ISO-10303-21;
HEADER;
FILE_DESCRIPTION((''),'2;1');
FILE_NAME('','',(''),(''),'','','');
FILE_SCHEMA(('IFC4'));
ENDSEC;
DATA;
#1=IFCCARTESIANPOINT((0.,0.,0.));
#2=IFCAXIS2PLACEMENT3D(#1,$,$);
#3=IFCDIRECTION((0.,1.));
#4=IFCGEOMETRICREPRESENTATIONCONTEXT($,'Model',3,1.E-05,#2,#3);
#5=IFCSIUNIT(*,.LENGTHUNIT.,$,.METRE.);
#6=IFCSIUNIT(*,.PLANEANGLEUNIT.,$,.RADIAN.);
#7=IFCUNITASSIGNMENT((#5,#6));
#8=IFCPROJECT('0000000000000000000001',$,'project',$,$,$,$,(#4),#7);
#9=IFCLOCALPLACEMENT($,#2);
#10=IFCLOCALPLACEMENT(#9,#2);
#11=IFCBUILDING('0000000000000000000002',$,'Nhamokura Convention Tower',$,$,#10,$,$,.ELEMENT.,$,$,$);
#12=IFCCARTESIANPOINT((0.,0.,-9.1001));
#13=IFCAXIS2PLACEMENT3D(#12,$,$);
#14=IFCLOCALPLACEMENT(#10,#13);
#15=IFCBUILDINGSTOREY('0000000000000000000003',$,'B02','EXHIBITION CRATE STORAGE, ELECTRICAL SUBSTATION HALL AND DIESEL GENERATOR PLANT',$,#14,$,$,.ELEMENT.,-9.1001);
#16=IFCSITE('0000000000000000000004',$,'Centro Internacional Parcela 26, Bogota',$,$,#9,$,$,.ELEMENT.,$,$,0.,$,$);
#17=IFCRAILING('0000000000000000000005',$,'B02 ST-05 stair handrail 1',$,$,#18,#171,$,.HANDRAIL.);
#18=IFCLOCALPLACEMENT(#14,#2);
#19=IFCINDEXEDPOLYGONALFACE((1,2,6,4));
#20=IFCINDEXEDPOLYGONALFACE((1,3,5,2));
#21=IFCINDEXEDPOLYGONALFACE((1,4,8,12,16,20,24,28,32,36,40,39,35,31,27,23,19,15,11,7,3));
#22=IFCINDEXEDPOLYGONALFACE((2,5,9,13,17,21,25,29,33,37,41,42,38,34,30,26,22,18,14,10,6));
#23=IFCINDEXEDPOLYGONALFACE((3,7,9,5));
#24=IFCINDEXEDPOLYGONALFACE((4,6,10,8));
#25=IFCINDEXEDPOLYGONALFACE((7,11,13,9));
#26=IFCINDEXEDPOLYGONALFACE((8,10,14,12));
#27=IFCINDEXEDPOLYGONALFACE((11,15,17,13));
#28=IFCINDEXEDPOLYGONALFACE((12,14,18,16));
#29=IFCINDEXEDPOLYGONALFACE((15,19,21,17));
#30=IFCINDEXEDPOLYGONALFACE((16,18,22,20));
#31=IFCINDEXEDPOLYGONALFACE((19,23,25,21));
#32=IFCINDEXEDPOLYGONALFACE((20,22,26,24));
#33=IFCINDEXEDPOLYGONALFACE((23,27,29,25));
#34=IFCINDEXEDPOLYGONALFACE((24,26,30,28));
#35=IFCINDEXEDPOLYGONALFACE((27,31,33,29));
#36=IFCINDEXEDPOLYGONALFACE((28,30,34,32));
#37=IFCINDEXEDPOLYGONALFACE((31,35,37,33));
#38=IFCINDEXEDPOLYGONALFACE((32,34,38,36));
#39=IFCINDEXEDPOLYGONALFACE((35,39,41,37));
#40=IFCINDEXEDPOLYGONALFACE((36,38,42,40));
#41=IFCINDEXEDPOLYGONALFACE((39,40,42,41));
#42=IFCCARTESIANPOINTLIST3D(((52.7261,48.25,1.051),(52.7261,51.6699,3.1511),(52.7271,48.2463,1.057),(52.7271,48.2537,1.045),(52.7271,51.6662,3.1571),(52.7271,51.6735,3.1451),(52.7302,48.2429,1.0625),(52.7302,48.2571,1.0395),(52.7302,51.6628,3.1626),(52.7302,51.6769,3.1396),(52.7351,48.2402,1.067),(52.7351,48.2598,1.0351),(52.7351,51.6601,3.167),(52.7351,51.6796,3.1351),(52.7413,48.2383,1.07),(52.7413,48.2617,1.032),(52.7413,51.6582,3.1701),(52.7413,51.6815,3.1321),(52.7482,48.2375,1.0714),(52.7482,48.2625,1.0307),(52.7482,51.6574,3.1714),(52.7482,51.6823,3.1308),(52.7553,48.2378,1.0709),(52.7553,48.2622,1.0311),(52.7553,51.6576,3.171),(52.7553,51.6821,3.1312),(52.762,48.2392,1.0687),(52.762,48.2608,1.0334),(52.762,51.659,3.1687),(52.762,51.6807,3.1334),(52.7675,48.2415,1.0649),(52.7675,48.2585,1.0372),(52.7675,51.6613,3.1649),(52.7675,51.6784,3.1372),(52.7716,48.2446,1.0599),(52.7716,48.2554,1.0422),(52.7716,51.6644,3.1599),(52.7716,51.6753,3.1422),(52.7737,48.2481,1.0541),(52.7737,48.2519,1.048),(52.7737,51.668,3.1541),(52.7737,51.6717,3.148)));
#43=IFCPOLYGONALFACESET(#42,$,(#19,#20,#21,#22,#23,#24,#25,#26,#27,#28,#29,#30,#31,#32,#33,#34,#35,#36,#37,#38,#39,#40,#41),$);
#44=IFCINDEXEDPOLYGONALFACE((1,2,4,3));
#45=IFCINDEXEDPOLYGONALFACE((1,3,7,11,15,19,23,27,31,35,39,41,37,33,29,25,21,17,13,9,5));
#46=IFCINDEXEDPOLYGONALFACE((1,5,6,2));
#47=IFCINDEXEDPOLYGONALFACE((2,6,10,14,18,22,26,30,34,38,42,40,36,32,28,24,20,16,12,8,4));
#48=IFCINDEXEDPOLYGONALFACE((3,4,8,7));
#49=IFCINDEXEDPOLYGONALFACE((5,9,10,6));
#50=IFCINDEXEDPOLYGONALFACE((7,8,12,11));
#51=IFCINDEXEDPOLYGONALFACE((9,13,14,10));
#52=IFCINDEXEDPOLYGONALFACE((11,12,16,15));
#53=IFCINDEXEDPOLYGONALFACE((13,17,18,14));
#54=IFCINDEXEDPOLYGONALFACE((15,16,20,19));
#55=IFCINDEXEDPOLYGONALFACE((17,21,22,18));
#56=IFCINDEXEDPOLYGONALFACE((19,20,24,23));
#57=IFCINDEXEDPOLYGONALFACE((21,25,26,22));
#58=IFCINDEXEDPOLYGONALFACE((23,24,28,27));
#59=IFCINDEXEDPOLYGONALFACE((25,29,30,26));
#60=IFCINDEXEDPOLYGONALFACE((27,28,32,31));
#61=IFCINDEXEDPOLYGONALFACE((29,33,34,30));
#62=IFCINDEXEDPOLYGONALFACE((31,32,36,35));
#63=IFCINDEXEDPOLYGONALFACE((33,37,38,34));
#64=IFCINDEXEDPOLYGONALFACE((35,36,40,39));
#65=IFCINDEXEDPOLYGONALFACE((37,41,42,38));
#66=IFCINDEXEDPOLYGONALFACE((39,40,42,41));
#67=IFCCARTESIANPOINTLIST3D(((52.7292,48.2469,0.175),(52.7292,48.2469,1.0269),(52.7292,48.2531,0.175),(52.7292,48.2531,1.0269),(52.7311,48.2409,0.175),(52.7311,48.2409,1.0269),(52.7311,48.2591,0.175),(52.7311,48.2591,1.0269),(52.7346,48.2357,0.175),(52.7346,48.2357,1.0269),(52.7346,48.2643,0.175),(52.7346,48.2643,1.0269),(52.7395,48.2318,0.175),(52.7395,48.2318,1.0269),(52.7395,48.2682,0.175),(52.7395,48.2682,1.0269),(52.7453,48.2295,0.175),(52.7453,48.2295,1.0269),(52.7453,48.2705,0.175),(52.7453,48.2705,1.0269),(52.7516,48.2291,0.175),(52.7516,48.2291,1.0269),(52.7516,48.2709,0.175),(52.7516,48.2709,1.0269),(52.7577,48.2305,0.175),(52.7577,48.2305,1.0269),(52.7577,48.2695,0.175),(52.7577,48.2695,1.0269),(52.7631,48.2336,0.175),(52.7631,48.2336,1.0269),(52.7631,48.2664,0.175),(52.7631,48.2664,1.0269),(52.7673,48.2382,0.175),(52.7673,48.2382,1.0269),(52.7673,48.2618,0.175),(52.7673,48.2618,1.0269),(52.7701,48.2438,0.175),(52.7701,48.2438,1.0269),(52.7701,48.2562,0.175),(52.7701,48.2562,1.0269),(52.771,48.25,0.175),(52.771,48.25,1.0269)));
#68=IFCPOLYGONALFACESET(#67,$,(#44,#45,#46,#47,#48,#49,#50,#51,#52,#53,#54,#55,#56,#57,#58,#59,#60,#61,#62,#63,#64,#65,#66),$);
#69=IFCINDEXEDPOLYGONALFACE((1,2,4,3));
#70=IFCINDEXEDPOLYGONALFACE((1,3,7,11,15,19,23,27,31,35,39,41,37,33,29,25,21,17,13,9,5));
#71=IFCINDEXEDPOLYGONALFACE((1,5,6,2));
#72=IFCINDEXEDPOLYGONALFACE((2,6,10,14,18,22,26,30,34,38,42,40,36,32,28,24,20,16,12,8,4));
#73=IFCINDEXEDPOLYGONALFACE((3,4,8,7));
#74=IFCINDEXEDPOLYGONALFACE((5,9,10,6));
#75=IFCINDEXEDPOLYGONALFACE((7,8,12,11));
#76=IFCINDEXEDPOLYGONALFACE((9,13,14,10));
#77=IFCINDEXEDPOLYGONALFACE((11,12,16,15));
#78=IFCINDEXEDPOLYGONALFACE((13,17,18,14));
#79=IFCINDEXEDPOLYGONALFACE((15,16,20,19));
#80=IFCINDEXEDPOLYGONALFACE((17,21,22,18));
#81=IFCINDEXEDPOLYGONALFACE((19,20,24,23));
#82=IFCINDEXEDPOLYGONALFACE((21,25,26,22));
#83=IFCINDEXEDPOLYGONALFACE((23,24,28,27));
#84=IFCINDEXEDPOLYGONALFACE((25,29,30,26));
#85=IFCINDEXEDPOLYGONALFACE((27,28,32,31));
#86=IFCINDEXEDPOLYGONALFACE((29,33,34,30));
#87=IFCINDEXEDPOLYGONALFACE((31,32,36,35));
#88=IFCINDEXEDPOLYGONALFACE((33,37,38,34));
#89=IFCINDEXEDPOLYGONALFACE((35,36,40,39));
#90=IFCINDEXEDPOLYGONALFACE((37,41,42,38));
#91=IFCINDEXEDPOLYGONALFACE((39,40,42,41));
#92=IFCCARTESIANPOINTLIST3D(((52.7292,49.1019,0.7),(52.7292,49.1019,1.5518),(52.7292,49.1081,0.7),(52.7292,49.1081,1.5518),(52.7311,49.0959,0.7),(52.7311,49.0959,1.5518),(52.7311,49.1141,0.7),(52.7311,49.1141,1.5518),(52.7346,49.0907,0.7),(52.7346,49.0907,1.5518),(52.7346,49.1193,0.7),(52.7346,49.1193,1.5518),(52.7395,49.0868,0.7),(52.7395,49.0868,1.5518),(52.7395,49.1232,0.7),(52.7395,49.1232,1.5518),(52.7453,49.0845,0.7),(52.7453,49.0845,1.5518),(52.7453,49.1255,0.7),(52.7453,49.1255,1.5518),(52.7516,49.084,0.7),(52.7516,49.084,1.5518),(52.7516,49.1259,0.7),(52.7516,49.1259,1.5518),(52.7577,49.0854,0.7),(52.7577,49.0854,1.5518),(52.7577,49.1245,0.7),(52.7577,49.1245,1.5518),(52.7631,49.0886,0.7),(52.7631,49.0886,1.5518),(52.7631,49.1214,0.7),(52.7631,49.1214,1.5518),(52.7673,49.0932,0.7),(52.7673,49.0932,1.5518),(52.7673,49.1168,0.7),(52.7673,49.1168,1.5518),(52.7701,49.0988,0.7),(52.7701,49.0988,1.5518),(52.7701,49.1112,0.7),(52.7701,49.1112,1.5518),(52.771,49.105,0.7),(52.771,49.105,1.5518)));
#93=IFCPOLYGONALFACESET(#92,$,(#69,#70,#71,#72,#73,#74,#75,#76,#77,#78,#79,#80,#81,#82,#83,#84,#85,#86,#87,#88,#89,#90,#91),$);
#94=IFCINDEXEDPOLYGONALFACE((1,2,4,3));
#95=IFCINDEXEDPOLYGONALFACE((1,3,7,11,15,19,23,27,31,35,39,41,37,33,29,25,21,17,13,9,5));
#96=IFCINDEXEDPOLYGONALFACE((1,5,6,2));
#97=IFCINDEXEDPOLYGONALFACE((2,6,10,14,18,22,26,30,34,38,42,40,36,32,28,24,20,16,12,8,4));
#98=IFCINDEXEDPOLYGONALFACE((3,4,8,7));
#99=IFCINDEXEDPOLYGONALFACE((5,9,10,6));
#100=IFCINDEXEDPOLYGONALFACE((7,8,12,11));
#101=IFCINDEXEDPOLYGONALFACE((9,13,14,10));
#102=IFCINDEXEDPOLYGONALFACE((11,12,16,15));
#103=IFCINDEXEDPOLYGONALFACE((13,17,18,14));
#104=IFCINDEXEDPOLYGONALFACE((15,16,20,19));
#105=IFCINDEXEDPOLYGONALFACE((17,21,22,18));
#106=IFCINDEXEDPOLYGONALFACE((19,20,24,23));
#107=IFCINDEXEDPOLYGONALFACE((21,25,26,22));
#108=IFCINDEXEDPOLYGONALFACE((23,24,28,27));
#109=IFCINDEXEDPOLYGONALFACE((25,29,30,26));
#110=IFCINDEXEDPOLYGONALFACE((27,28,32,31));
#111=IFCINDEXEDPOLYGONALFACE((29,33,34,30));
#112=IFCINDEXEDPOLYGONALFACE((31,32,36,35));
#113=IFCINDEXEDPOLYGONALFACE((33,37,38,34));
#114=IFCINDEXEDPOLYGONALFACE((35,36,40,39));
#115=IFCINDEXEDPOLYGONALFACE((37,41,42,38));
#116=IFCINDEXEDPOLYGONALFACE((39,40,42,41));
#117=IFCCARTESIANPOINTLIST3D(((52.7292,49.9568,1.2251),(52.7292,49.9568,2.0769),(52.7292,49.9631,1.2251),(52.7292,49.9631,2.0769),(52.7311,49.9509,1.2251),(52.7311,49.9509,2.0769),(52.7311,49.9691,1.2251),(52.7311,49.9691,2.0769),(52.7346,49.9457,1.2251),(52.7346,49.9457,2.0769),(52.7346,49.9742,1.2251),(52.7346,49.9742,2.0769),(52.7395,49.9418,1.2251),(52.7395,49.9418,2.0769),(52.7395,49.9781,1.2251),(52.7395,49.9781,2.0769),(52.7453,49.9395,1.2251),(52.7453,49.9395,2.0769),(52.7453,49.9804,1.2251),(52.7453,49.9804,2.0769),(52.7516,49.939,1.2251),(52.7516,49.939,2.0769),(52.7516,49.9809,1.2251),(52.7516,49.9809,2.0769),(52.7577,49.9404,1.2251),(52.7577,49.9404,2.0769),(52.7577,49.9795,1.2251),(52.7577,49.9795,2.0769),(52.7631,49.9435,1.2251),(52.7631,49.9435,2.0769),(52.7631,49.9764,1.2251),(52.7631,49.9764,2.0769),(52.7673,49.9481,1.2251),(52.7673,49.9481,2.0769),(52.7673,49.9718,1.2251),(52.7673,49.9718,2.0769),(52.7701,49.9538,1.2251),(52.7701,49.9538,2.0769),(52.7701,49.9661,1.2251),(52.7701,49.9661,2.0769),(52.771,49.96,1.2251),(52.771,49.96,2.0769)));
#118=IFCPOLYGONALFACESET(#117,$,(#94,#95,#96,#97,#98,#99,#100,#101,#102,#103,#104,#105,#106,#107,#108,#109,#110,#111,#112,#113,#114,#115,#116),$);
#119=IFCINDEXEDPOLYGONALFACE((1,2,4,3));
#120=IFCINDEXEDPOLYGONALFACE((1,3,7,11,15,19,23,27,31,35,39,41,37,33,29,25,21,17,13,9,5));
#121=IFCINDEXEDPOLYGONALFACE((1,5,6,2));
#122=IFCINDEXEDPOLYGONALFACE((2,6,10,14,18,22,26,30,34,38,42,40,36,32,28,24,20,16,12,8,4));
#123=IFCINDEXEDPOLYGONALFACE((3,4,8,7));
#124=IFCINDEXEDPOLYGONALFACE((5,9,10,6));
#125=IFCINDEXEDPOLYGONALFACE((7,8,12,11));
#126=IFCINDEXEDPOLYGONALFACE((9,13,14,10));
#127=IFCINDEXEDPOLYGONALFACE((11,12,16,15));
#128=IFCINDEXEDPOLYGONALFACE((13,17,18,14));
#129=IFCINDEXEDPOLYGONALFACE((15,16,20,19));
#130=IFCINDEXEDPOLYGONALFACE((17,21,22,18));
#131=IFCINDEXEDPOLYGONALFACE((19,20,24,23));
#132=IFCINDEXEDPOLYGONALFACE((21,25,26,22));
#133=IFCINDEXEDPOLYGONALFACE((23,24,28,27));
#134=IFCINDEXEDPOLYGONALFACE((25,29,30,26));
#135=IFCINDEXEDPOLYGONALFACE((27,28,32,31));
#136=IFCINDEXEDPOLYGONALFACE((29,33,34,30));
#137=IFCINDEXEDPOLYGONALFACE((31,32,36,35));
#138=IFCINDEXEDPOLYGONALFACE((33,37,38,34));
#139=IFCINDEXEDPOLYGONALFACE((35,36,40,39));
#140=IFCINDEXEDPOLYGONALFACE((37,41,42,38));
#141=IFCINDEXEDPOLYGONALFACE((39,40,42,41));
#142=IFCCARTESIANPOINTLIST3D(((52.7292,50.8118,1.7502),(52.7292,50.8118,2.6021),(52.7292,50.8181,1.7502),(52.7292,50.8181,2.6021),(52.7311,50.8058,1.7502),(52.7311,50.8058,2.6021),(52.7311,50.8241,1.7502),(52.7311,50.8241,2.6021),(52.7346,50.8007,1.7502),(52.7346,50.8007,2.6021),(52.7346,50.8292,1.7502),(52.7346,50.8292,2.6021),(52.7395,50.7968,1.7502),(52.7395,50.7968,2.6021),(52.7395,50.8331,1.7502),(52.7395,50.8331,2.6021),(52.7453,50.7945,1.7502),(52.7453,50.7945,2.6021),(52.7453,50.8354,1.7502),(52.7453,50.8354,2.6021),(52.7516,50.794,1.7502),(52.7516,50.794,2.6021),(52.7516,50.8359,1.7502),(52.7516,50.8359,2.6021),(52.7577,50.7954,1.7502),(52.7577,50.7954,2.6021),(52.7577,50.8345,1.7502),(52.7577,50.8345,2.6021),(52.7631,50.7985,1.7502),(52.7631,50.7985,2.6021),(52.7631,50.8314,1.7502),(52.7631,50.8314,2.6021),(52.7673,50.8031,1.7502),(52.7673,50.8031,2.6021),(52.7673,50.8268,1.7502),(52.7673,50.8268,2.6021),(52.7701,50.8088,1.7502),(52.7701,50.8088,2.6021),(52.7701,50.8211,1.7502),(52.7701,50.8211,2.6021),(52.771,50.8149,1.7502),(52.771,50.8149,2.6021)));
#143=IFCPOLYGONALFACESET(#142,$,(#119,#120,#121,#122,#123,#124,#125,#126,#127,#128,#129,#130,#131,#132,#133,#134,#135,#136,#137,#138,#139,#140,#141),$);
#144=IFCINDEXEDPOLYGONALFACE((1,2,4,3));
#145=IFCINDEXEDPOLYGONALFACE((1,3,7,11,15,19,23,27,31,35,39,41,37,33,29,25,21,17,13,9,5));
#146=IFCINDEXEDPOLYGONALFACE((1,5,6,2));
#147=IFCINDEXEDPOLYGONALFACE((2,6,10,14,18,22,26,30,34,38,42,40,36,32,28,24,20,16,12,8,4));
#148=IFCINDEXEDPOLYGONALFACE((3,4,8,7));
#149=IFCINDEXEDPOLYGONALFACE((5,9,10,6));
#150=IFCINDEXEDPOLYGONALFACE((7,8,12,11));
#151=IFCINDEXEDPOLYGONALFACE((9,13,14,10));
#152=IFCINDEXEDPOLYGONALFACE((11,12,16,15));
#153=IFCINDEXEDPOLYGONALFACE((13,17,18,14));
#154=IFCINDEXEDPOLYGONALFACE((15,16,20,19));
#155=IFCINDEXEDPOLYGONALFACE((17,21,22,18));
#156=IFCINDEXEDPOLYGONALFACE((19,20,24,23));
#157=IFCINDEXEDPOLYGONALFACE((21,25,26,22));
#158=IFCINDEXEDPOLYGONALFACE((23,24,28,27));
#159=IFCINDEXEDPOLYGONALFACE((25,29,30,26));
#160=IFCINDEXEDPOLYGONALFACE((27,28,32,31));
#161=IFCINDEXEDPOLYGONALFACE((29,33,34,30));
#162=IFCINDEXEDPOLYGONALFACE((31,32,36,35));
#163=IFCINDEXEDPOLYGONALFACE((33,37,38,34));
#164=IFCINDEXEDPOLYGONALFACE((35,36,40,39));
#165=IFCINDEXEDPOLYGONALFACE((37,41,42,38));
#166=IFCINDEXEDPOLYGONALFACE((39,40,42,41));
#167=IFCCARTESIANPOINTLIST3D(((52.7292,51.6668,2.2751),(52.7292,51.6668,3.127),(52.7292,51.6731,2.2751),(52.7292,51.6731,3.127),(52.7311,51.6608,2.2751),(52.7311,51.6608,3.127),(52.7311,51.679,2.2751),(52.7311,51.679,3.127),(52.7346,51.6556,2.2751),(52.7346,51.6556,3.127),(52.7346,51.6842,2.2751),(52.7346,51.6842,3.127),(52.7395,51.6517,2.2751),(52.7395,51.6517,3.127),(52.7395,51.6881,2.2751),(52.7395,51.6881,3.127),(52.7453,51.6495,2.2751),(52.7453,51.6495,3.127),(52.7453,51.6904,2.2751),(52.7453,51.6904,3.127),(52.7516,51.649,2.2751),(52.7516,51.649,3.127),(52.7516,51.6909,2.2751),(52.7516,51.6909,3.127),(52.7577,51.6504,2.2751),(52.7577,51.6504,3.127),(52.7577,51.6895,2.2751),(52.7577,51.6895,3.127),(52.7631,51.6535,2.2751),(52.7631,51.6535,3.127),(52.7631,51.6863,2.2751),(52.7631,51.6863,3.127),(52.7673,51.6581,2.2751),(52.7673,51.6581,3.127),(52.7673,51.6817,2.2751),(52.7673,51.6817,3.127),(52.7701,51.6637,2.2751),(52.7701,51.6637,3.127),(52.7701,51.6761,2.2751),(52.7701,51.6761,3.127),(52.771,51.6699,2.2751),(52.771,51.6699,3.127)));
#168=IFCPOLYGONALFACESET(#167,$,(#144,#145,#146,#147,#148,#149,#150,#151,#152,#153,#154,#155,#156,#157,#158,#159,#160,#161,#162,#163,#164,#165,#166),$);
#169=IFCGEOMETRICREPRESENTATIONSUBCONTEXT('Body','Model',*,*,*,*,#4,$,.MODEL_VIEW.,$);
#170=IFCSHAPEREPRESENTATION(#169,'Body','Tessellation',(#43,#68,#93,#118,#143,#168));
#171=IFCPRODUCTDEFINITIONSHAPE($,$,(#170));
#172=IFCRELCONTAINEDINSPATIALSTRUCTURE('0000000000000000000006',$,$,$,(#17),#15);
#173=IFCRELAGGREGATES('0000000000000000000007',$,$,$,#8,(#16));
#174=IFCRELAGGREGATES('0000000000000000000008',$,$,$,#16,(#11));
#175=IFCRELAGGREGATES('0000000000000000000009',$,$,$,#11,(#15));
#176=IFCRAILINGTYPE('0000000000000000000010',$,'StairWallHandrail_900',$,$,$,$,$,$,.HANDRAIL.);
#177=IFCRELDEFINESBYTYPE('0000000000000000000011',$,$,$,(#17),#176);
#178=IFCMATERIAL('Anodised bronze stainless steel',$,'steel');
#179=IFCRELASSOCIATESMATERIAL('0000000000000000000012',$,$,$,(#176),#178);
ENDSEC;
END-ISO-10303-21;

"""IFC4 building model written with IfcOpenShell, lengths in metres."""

from ifc_helpers import new_model, si_unit, direction, frame, origin, origin_2d, place, context, subcontext, project, spatial, circle, extrude, material, type_object, element, save


model = new_model("IFC4")

# Units and contexts
model_context = context("Model", 3, precision=1e-05, world=origin(), true_north=direction((0.0, 1.0)))
body_context = subcontext(model_context, "Body", "Model", "MODEL_VIEW")
ifc_project = project(units=[si_unit("LENGTHUNIT", "METRE"), si_unit("PLANEANGLEUNIT", "RADIAN")], contexts=[model_context])

# Site, building, storey
site_placement = place(None, origin())
site = spatial("IfcSite", under=ifc_project, at=site_placement, Name="Centro Internacional Parcela 26, Bogota", CompositionType="ELEMENT", RefElevation=0.0)
building_placement = place(site_placement, origin())
building = spatial("IfcBuilding", under=site, at=building_placement, Name="Nhamokura Convention Tower", CompositionType="ELEMENT")
storey_placement = place(building_placement, frame((0.0, 0.0, -9.1001)))
storey = spatial("IfcBuildingStorey", under=building, at=storey_placement, Name="B02", Description="EXHIBITION CRATE STORAGE, ELECTRICAL SUBSTATION HALL AND DIESEL GENERATOR PLANT", CompositionType="ELEMENT", Elevation=-9.1001)

# Railing
ifc_material_1 = material(Name="Anodised bronze stainless steel", Category="steel")
railing_type_1 = type_object("IfcRailingType", Name="StairWallHandrail_900", PredefinedType="HANDRAIL", material=ifc_material_1)
railing_1_placement = place(storey_placement, frame((52.75, 48.25, 0.175)))
element("IfcRailing", 1, at=railing_1_placement, inside=storey, type_object=railing_type_1, Name="B02 ST-05 stair handrail 1", PredefinedType="HANDRAIL", context=body_context, shape_type="SweptSolid", body=[
    extrude(circle(Radius=0.0239, at=origin_2d()), frame((0.0, 0.0, 0.876), z_axis=(0.0, 0.852155, 0.523289), x_axis=(-1.0, 0.0, 0.0)), (0.0, 0.0, 1.0), 4.0132),
    extrude(circle(Radius=0.021, at=origin_2d()), origin(), (0.0, 0.0, 1.0), 0.8518),
    extrude(circle(Radius=0.021, at=origin_2d()), frame((0.0, 0.855, 0.5249)), (0.0, 0.0, 1.0), 0.8518),
    extrude(circle(Radius=0.021, at=origin_2d()), frame((0.0, 1.71, 1.05)), (0.0, 0.0, 1.0), 0.8518),
    extrude(circle(Radius=0.021, at=origin_2d()), frame((0.0, 2.5649, 1.5752)), (0.0, 0.0, 1.0), 0.8518),
    extrude(circle(Radius=0.021, at=origin_2d()), frame((0.0, 3.4199, 2.1001)), (0.0, 0.0, 1.0), 0.8518),
])

save(model, "model.ifc")
